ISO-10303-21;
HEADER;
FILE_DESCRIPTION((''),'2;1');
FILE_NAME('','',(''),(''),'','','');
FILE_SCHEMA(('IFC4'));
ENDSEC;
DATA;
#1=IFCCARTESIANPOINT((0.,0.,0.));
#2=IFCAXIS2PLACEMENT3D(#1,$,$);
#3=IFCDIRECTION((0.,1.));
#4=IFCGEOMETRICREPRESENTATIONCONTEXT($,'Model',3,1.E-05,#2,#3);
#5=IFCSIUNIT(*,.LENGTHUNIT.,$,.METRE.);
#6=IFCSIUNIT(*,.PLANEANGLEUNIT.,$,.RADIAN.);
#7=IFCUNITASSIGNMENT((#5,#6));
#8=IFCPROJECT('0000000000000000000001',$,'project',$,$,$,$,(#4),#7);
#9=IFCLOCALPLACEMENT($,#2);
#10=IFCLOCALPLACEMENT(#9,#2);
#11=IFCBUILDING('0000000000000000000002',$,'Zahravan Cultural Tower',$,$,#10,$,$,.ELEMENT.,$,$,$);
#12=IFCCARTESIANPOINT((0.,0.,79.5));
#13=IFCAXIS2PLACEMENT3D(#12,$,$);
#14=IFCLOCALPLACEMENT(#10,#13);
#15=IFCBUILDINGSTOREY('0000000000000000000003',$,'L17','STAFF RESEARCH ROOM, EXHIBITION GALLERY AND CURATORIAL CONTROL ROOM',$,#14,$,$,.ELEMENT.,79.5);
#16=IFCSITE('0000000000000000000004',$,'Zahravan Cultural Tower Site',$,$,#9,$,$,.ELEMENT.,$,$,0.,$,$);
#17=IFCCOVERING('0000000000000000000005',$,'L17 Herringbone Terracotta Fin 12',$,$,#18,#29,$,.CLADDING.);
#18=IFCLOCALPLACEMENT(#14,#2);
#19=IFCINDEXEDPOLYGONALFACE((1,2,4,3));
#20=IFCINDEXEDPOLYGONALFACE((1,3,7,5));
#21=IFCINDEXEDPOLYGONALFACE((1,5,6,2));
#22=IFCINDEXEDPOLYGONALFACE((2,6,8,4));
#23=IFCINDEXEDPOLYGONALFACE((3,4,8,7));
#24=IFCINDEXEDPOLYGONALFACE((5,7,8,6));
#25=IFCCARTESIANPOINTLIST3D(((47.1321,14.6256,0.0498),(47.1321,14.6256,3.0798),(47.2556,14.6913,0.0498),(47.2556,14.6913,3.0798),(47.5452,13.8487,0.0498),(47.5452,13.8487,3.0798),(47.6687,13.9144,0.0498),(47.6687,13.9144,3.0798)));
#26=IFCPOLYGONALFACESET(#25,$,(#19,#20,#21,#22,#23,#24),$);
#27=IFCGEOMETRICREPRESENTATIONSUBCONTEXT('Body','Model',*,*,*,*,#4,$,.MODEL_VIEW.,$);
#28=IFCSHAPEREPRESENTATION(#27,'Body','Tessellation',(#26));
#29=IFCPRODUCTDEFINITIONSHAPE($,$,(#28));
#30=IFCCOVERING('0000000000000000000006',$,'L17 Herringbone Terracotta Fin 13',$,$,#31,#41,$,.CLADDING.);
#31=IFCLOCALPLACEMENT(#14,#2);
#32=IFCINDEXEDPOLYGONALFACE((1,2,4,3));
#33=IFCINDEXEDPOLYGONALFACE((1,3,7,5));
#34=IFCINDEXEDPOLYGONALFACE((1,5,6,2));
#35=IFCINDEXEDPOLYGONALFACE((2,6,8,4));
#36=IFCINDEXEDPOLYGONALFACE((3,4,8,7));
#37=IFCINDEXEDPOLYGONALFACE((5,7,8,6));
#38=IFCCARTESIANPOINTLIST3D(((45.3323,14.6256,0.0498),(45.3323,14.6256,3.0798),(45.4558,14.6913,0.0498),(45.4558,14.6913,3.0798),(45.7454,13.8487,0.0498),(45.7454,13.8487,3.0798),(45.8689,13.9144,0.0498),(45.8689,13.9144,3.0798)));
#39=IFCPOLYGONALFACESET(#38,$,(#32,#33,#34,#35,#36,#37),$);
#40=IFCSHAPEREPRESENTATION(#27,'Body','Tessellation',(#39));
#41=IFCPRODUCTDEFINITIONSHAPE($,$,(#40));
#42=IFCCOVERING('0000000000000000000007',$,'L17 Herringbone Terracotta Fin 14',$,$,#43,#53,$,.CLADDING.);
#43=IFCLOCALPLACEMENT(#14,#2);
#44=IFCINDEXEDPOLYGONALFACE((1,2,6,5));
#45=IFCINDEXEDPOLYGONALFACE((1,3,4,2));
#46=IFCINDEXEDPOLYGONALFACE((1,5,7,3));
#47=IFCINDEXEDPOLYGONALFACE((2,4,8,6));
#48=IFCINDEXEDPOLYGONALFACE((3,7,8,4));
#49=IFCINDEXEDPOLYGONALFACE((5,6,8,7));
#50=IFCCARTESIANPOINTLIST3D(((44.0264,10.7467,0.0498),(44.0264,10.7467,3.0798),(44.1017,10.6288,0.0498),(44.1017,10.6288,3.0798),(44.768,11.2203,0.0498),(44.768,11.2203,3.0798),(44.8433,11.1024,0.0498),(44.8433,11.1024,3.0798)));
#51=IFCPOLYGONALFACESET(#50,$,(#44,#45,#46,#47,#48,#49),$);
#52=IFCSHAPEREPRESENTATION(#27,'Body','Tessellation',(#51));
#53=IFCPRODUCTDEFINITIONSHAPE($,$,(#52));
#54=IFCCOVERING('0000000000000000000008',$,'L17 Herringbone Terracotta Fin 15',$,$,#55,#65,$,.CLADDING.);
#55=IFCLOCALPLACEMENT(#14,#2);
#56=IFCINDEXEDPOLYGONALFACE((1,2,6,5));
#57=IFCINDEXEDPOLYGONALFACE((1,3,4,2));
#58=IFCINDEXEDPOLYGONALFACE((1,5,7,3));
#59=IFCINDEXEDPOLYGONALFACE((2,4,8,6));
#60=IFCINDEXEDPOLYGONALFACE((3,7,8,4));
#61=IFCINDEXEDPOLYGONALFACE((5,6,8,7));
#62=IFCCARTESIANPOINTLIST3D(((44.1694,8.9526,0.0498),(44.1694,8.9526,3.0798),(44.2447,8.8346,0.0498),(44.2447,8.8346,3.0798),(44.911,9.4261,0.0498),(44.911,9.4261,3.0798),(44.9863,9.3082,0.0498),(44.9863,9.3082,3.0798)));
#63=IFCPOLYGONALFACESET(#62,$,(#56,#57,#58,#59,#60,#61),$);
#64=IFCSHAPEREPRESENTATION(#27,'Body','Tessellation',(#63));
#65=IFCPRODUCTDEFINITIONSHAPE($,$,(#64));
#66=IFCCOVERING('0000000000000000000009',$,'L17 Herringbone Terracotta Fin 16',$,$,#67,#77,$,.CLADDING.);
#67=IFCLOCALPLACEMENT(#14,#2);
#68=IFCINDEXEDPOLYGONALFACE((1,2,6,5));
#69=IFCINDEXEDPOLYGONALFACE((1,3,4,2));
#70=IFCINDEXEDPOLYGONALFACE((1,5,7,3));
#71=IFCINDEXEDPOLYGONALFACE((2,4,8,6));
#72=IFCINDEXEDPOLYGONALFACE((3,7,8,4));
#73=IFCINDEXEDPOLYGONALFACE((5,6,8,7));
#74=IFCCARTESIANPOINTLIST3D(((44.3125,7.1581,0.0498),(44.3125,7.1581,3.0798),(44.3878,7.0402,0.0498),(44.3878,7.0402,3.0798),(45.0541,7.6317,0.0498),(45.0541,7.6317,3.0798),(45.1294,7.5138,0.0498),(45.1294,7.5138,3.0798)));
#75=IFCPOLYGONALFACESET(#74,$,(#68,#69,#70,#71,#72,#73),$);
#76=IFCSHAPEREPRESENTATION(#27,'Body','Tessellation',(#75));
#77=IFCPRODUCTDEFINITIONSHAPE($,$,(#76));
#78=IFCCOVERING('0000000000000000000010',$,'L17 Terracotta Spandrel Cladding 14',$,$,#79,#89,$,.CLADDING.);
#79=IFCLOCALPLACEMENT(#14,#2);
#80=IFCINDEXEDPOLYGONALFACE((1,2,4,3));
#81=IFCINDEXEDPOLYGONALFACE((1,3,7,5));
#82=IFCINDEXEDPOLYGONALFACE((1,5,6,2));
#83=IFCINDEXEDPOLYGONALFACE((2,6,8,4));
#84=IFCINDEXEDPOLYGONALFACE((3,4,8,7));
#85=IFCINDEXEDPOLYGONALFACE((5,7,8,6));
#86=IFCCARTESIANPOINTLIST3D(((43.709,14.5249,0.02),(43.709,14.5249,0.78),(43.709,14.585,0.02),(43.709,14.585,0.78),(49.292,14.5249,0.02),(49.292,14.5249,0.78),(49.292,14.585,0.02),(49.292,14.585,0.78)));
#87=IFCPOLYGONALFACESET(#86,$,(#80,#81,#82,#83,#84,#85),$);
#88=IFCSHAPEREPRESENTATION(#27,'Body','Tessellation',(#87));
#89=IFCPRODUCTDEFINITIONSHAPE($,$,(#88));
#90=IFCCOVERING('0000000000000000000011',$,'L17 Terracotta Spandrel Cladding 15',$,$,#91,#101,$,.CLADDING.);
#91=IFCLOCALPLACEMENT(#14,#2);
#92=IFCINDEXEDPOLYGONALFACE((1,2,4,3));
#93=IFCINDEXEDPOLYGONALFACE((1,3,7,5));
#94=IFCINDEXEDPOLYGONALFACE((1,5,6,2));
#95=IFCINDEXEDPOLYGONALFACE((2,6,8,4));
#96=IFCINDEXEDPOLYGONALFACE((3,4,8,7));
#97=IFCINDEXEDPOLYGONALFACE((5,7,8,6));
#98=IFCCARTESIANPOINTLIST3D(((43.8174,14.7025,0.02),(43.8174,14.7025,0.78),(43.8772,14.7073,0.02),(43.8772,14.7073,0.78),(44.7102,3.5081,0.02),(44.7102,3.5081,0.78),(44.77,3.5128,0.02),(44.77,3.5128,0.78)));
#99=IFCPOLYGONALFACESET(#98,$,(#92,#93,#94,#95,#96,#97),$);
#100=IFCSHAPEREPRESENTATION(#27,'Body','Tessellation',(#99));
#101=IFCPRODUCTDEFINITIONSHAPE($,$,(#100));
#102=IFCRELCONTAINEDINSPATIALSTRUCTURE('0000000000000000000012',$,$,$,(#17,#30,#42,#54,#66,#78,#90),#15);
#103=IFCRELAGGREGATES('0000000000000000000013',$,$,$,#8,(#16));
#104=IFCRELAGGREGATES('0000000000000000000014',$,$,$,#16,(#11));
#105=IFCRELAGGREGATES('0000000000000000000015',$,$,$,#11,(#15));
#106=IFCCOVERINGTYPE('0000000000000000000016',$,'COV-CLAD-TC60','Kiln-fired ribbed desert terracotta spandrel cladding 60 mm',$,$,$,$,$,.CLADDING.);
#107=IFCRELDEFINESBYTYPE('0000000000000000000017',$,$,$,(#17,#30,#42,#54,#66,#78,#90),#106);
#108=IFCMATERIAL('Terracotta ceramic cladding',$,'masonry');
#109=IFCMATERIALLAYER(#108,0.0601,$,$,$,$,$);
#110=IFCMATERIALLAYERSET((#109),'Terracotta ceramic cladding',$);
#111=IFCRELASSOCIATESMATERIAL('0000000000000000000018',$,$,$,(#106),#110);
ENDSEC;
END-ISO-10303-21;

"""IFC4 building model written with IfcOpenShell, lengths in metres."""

from ifc_helpers import new_model, si_unit, direction, frame, origin, origin_2d, place, context, subcontext, project, spatial, rectangle, extrude, source, transform, mapped, material, layer, layer_set, type_object, element, save


model = new_model("IFC4")

# Units and contexts
model_context = context("Model", 3, precision=1e-05, world=origin(), true_north=direction((0.0, 1.0)))
body_context = subcontext(model_context, "Body", "Model", "MODEL_VIEW")
ifc_project = project(units=[si_unit("LENGTHUNIT", "METRE"), si_unit("PLANEANGLEUNIT", "RADIAN")], contexts=[model_context])

# Site, building, storey
site_placement = place(None, origin())
site = spatial("IfcSite", under=ifc_project, at=site_placement, Name="Zahravan Cultural Tower Site", CompositionType="ELEMENT", RefElevation=0.0)
building_placement = place(site_placement, origin())
building = spatial("IfcBuilding", under=site, at=building_placement, Name="Zahravan Cultural Tower", CompositionType="ELEMENT")
storey_placement = place(building_placement, frame((0.0, 0.0, 79.5)))
storey = spatial("IfcBuildingStorey", under=building, at=storey_placement, Name="L17", Description="STAFF RESEARCH ROOM, EXHIBITION GALLERY AND CURATORIAL CONTROL ROOM", CompositionType="ELEMENT", Elevation=79.5)

# Coverings
ifc_material_1 = material(Name="Terracotta ceramic cladding", Category="masonry")
ifc_layer_1 = layer(ifc_material_1, 0.0601)
ifc_layer_set_1 = layer_set([ifc_layer_1], Name="Terracotta ceramic cladding")
covering_type = type_object("IfcCoveringType", Name="COV-CLAD-TC60", Description="Kiln-fired ribbed desert terracotta spandrel cladding 60 mm", PredefinedType="CLADDING", material=ifc_layer_set_1)
shared_shape_1 = source(origin(), body_context, "Body", "SweptSolid", [
    extrude(rectangle(XDim=0.8799, YDim=0.1399, at=origin_2d()), origin(), (0.0, 0.0, 1.0), 3.03),
])
for number, where, z_axis, x_axis, name in (
    (1, (47.4004, 14.27, 0.0498), (0.0, 0.0, 1.0), (0.469472, -0.882948, 0.0), "L17 Herringbone Terracotta Fin 12"),
    (2, (45.6006, 14.27, 0.0498), (0.0, 0.0, 1.0), (0.469472, -0.882948, 0.0), "L17 Herringbone Terracotta Fin 13"),
    (3, (44.4348, 10.9246, 0.0498), (0.0, 0.0, 1.0), (0.842828, 0.538183, 0.0), "L17 Herringbone Terracotta Fin 14"),
    (4, (44.5779, 9.1304, 0.0498), (0.0, 0.0, 1.0), (0.842828, 0.538183, 0.0), "L17 Herringbone Terracotta Fin 15"),
    (5, (44.7209, 7.3359, 0.0498), (0.0, 0.0, 1.0), (0.842828, 0.538183, 0.0), "L17 Herringbone Terracotta Fin 16"),
):
    element("IfcCovering", number, at=place(storey_placement, frame(where, z_axis=z_axis, x_axis=x_axis)), inside=storey, type_object=covering_type, Name=name, PredefinedType="CLADDING", context=body_context, shape_type="MappedRepresentation", body=[
        mapped(shared_shape_1, transform((0.0, 0.0, 0.0), x_axis=(1.0, 0.0, 0.0), y_axis=(0.0, 1.0, 0.0), z_axis=(0.0, 0.0, 1.0), scale=1.0)),
    ])
shared_shape_2 = source(origin(), body_context, "Body", "SweptSolid", [
    extrude(rectangle(XDim=5.583, YDim=0.0601, at=origin_2d()), origin(), (0.0, 0.0, 1.0), 0.76),
])
covering_1_placement = place(storey_placement, frame((46.5005, 14.5549, 0.02), z_axis=(0.0, 0.0, 1.0), x_axis=(-1.0, 0.0, 0.0)))
element("IfcCovering", 6, at=covering_1_placement, inside=storey, type_object=covering_type, Name="L17 Terracotta Spandrel Cladding 14", PredefinedType="CLADDING", context=body_context, shape_type="MappedRepresentation", body=[
    mapped(shared_shape_2, transform((0.0, 0.0, 0.0), x_axis=(1.0, 0.0, 0.0), y_axis=(0.0, 1.0, 0.0), z_axis=(0.0, 0.0, 1.0), scale=1.0)),
])
shared_shape_3 = source(origin(), body_context, "Body", "SweptSolid", [
    extrude(rectangle(XDim=11.23, YDim=0.0601, at=origin_2d()), origin(), (0.0, 0.0, 1.0), 0.76),
])
covering_2_placement = place(storey_placement, frame((44.2937, 9.1077, 0.02), z_axis=(0.0, 0.0, 1.0), x_axis=(0.079503, -0.996835, 0.0)))
element("IfcCovering", 7, at=covering_2_placement, inside=storey, type_object=covering_type, Name="L17 Terracotta Spandrel Cladding 15", PredefinedType="CLADDING", context=body_context, shape_type="MappedRepresentation", body=[
    mapped(shared_shape_3, transform((0.0, 0.0, 0.0), x_axis=(1.0, 0.0, 0.0), y_axis=(0.0, 1.0, 0.0), z_axis=(0.0, 0.0, 1.0), scale=1.0)),
])

save(model, "model.ifc")
